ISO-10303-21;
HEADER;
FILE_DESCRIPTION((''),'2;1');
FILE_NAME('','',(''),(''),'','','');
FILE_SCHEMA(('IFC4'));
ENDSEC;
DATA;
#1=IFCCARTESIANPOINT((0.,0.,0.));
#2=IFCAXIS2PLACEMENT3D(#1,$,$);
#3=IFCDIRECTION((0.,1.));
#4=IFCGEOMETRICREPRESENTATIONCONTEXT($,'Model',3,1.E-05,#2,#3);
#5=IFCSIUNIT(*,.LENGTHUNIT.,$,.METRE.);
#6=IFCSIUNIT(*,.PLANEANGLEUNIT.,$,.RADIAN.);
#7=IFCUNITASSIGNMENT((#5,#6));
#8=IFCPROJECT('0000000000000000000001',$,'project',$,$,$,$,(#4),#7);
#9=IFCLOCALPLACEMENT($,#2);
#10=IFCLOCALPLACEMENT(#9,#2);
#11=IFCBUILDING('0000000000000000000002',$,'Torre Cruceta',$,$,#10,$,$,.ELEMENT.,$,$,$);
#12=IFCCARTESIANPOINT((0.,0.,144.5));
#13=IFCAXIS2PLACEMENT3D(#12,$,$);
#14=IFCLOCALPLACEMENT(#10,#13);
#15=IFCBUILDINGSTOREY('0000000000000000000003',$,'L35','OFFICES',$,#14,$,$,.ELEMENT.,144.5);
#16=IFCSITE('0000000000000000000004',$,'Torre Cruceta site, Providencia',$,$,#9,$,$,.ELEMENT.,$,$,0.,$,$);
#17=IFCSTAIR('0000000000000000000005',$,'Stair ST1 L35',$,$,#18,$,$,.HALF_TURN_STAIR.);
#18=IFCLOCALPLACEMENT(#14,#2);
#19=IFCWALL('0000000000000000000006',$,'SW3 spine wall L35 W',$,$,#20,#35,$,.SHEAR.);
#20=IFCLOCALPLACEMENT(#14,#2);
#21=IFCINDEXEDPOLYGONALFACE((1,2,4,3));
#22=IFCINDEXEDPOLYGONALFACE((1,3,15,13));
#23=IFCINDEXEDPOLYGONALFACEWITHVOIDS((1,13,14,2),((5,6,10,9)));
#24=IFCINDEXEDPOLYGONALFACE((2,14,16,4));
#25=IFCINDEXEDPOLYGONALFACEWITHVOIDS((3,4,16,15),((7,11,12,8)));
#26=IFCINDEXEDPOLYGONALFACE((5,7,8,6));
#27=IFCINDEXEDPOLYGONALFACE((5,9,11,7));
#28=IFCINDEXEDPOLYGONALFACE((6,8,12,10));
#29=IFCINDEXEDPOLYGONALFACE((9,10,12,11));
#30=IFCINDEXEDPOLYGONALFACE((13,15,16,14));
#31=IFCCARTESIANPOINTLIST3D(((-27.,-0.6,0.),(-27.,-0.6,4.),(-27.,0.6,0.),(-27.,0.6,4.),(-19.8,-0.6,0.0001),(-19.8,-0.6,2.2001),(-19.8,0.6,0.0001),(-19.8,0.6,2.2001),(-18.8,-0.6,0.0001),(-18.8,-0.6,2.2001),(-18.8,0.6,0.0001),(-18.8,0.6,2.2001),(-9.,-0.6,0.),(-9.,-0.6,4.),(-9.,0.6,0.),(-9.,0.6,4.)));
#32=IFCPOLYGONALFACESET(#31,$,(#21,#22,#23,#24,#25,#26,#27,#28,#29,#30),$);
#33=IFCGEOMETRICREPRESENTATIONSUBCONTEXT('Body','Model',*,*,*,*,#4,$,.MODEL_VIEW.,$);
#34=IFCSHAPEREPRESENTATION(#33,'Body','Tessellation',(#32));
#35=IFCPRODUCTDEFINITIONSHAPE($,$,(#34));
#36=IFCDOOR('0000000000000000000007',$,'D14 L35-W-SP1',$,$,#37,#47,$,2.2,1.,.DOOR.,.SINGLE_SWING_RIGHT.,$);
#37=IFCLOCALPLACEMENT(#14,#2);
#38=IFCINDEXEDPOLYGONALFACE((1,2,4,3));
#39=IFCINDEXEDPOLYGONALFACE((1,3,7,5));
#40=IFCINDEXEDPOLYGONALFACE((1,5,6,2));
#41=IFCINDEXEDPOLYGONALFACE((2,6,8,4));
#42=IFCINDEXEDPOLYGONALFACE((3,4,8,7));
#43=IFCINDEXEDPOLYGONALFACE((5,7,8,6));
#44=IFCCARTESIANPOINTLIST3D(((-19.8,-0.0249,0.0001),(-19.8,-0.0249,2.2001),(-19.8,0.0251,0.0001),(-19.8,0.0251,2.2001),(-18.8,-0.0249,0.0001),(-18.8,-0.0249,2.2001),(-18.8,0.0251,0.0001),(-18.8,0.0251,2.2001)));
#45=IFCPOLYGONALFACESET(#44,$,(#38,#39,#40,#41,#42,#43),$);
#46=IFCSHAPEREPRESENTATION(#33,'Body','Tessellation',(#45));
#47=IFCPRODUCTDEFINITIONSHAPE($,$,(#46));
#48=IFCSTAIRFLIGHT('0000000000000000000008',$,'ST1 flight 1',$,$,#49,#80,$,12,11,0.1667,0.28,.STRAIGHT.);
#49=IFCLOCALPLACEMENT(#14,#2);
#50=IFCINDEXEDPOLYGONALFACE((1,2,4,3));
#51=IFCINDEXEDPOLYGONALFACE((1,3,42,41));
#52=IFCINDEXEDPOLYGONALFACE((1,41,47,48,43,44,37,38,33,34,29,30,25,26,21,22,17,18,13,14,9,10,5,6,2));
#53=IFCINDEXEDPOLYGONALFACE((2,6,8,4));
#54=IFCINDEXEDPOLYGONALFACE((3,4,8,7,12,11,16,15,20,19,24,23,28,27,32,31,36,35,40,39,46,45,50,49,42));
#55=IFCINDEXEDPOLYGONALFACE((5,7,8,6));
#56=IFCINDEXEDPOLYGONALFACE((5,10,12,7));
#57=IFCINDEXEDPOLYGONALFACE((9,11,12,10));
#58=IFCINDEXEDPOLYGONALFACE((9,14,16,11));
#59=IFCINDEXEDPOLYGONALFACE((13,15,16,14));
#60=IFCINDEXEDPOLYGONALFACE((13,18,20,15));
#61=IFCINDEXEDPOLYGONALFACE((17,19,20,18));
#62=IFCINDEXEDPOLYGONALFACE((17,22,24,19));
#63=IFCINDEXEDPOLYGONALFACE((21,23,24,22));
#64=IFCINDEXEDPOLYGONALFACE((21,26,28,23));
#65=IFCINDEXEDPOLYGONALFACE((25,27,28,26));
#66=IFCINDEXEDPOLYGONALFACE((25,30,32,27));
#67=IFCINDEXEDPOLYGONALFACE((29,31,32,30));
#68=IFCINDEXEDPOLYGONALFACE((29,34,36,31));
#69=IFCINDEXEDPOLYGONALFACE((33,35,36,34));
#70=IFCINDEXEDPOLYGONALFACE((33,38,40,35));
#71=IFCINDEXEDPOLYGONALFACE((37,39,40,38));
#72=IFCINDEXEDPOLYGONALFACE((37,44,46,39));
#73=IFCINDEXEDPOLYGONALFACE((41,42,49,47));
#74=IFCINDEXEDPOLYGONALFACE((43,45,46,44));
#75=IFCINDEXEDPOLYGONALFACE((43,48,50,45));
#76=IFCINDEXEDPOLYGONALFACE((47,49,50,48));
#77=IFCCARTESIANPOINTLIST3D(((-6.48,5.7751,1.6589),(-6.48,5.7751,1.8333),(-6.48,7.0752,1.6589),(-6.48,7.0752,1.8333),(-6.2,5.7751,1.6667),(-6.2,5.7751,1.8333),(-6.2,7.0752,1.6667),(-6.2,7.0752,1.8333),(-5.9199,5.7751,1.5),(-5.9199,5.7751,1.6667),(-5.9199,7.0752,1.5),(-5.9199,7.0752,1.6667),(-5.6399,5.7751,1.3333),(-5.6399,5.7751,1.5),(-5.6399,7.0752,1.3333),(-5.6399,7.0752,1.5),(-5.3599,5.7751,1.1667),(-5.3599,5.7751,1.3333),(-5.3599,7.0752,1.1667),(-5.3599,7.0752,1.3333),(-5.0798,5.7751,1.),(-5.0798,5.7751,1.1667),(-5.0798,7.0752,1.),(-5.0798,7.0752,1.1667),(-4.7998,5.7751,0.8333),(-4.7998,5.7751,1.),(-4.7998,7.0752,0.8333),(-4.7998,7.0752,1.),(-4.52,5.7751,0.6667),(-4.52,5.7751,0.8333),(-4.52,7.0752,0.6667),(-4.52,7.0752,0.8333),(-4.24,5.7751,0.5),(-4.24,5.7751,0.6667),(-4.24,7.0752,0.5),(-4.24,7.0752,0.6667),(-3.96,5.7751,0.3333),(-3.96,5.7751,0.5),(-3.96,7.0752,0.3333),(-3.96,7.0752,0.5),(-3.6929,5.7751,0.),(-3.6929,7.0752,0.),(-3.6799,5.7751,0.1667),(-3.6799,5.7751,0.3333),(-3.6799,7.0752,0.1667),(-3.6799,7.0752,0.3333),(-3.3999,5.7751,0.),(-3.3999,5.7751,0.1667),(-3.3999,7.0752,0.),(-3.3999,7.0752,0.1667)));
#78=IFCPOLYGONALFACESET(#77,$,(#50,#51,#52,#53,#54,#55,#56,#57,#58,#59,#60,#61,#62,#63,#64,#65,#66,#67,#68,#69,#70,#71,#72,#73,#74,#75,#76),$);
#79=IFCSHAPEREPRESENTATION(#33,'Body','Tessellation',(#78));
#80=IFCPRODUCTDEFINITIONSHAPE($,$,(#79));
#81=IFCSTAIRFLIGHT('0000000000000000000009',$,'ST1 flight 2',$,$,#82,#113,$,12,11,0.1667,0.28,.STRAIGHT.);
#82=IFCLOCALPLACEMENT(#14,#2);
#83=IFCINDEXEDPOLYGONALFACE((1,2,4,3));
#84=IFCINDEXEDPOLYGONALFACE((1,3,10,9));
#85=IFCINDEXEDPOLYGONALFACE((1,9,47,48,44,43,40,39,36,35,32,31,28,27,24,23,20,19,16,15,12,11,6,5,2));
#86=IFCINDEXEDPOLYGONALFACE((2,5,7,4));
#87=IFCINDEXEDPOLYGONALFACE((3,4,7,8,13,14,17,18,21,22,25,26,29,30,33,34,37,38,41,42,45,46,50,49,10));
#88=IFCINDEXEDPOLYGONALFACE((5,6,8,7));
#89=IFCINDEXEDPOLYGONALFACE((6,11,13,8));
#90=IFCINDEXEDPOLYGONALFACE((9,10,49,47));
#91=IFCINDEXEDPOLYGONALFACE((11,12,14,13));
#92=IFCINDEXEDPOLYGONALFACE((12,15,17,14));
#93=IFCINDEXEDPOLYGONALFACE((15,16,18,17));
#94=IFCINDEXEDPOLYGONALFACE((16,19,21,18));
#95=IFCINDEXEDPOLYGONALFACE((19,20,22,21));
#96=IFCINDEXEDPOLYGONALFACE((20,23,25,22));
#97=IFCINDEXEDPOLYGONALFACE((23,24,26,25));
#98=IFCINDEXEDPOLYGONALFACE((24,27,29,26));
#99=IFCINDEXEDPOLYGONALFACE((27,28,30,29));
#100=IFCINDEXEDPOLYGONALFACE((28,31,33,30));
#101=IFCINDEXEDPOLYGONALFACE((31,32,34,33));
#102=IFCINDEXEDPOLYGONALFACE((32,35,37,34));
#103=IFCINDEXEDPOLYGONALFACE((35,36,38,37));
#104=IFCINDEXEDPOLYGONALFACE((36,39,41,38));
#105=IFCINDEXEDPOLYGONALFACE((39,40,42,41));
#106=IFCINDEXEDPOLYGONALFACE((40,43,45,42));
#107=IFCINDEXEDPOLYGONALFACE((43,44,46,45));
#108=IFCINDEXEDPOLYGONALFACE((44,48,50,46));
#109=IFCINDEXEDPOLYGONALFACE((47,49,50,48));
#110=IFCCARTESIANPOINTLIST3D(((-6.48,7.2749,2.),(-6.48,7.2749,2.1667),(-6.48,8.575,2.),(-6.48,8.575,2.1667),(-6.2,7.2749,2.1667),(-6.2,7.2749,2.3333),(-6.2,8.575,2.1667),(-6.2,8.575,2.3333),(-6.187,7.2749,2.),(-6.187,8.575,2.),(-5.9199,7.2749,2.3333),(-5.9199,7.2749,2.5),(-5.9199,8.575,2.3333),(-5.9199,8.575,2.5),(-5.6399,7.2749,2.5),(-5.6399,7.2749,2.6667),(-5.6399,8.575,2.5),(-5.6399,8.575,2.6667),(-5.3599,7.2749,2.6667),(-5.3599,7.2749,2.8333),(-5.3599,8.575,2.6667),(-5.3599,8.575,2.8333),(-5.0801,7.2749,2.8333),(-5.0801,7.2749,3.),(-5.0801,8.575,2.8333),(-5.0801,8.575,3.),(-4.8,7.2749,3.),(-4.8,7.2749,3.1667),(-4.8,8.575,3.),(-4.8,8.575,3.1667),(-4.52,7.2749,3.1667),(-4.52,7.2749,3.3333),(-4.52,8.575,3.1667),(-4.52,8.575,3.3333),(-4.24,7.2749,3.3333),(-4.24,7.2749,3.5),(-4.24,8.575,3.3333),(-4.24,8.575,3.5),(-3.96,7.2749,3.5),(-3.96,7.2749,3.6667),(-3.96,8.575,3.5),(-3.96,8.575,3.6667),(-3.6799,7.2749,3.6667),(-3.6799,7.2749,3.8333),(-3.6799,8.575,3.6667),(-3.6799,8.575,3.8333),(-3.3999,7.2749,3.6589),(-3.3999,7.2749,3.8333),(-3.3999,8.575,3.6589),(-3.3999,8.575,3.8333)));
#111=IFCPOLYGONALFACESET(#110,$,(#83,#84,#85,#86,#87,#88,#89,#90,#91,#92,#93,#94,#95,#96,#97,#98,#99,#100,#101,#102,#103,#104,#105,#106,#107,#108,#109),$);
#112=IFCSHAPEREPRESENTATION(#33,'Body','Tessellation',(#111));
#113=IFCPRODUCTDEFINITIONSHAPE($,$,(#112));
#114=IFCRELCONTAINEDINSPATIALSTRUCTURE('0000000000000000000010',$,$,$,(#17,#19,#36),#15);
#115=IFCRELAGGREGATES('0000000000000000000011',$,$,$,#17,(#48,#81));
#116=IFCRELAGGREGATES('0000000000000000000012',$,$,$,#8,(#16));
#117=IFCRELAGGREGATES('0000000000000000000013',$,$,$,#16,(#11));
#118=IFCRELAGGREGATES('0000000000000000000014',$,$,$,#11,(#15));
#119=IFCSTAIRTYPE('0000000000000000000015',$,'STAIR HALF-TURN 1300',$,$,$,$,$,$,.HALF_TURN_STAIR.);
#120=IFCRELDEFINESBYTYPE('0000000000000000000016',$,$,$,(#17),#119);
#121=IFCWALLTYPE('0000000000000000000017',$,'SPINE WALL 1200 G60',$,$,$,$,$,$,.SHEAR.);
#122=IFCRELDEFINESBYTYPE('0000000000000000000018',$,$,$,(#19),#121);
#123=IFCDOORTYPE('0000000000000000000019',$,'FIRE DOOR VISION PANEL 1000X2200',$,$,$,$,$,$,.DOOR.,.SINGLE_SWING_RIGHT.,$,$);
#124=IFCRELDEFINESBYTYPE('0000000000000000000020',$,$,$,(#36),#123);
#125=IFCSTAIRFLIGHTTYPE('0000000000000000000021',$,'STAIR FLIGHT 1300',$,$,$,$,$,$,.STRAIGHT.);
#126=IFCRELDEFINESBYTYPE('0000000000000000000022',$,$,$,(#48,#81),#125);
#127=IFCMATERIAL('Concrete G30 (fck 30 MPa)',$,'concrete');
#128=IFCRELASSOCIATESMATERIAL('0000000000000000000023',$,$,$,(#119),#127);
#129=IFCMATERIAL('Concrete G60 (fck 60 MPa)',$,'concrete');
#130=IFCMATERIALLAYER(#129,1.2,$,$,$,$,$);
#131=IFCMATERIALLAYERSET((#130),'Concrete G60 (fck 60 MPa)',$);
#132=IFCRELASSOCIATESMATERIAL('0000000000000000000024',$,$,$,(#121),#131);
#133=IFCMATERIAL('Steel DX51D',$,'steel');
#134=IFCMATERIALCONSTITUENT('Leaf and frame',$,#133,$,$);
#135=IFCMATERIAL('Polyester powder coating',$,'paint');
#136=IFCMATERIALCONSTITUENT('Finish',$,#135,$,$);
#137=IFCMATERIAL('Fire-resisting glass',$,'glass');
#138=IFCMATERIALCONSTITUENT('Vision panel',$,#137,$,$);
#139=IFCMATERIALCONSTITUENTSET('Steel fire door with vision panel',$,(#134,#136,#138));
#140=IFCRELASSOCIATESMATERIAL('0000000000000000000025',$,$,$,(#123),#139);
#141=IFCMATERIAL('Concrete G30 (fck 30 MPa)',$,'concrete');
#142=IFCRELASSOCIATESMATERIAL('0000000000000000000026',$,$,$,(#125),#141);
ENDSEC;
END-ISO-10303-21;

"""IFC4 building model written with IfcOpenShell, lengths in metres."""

from ifc_helpers import new_model, si_unit, direction, frame, frame_2d, origin, place, context, subcontext, project, spatial, polyline, rectangle, outline, extrude, material, layer, layer_set, constituent, constituent_set, type_object, element, fill, aggregate, save


model = new_model("IFC4")

# Units and contexts
model_context = context("Model", 3, precision=1e-05, world=origin(), true_north=direction((0.0, 1.0)))
body_context = subcontext(model_context, "Body", "Model", "MODEL_VIEW")
ifc_project = project(units=[si_unit("LENGTHUNIT", "METRE"), si_unit("PLANEANGLEUNIT", "RADIAN")], contexts=[model_context])

# Site, building, storey
site_placement = place(None, origin())
site = spatial("IfcSite", under=ifc_project, at=site_placement, Name="Torre Cruceta site, Providencia", CompositionType="ELEMENT", RefElevation=0.0)
building_placement = place(site_placement, origin())
building = spatial("IfcBuilding", under=site, at=building_placement, Name="Torre Cruceta", CompositionType="ELEMENT")
storey_placement = place(building_placement, frame((0.0, 0.0, 144.5)))
storey = spatial("IfcBuildingStorey", under=building, at=storey_placement, Name="L35", Description="OFFICES", CompositionType="ELEMENT", Elevation=144.5)

# Stair
ifc_material_1 = material(Name="Concrete G30 (fck 30 MPa)", Category="concrete")
stair_type = type_object("IfcStairType", Name="STAIR HALF-TURN 1300", PredefinedType="HALF_TURN_STAIR", material=ifc_material_1)
stair_1_placement = place(storey_placement, origin())
stair_1 = element("IfcStair", 1, at=stair_1_placement, inside=storey, type_object=stair_type, Name="Stair ST1 L35", PredefinedType="HALF_TURN_STAIR")

# Wall, opening, door
ifc_material_2 = material(Name="Concrete G60 (fck 60 MPa)", Category="concrete")
ifc_layer_1 = layer(ifc_material_2, 1.2)
ifc_layer_set_1 = layer_set([ifc_layer_1], Name="Concrete G60 (fck 60 MPa)")
wall_type_1 = type_object("IfcWallType", Name="SPINE WALL 1200 G60", PredefinedType="SHEAR", material=ifc_layer_set_1)
wall_1_placement = place(storey_placement, frame((-9.0, 0.0, 0.0), z_axis=(0.0, 0.0, 1.0), x_axis=(-1.0, 0.0, 0.0)))
wall_1 = element("IfcWall", 2, at=wall_1_placement, inside=storey, type_object=wall_type_1, Name="SW3 spine wall L35 W", PredefinedType="SHEAR", context=body_context, shape_type="SweptSolid", body=[
    extrude(rectangle(XDim=18.0, YDim=1.2, at=frame_2d((9.0, 0.0))), origin(), (0.0, 0.0, 1.0), 4.0),
])
opening_1_placement = place(wall_1_placement, frame((9.8, 0.0, 0.0)))
opening_1 = element("IfcOpeningElement", 3, at=opening_1_placement, cuts=wall_1, PredefinedType="OPENING", context=body_context, shape_type="SweptSolid", body=[
    extrude(rectangle(XDim=1.0, YDim=2.2, at=frame_2d((0.5, 1.1001))), frame((0.0, 0.6099, 0.0), z_axis=(0.0, -1.0, 0.0), x_axis=(1.0, 0.0, 0.0)), (0.0, 0.0, 1.0), 1.22),
])
ifc_material_3 = material(Name="Steel DX51D", Category="steel")
ifc_constituent_1 = constituent(ifc_material_3, Name="Leaf and frame")
ifc_material_4 = material(Name="Polyester powder coating", Category="paint")
ifc_constituent_2 = constituent(ifc_material_4, Name="Finish")
ifc_material_5 = material(Name="Fire-resisting glass", Category="glass")
ifc_constituent_3 = constituent(ifc_material_5, Name="Vision panel")
ifc_constituent_set_1 = constituent_set(constituents=[ifc_constituent_1, ifc_constituent_2, ifc_constituent_3], Name="Steel fire door with vision panel")
door_type_1 = type_object("IfcDoorType", Name="FIRE DOOR VISION PANEL 1000X2200", OperationType="SINGLE_SWING_RIGHT", PredefinedType="DOOR", material=ifc_constituent_set_1)
door_1_placement = place(opening_1_placement, frame((1.0, 0.0, 0.0), z_axis=(0.0, 0.0, 1.0), x_axis=(-1.0, 0.0, 0.0)))
door_1 = element("IfcDoor", 4, at=door_1_placement, inside=storey, type_object=door_type_1, Name="D14 L35-W-SP1", OperationType="SINGLE_SWING_RIGHT", OverallHeight=2.2, OverallWidth=1.0, PredefinedType="DOOR", context=body_context, shape_type="SweptSolid", body=[
    extrude(rectangle(XDim=1.0, YDim=2.2, at=frame_2d((0.5, 1.1001))), frame((0.0, 0.0251, 0.0), z_axis=(0.0, -1.0, 0.0), x_axis=(1.0, 0.0, 0.0)), (0.0, 0.0, 1.0), 0.05),
])
fill(opening_1, door_1)

# Stair flights
ifc_material_6 = material(Name="Concrete G30 (fck 30 MPa)", Category="concrete")
stair_flight_type = type_object("IfcStairFlightType", Name="STAIR FLIGHT 1300", PredefinedType="STRAIGHT", material=ifc_material_6)
stair_flight_1_placement = place(storey_placement, frame((-3.3999, 6.425, 0.0), z_axis=(0.0, 0.0, 1.0), x_axis=(-1.0, 0.0, 0.0)))
stair_flight_1 = element("IfcStairFlight", 5, at=stair_flight_1_placement, type_object=stair_flight_type, Name="ST1 flight 1", NumberOfRisers=12, NumberOfTreads=11, PredefinedType="STRAIGHT", RiserHeight=0.1667, TreadLength=0.28, context=body_context, shape_type="SweptSolid", body=[
    extrude(outline(polyline([(0.0, 0.0), (0.0, 0.1667), (0.28, 0.1667), (0.28, 0.3333), (0.5601, 0.3333), (0.5601, 0.5), (0.8401, 0.5), (0.8401, 0.6667), (1.1201, 0.6667), (1.1201, 0.8333), (1.3999, 0.8333), (1.3999, 1.0), (1.6799, 1.0), (1.6799, 1.1667), (1.96, 1.1667), (1.96, 1.3333), (2.24, 1.3333), (2.24, 1.5), (2.52, 1.5), (2.52, 1.6667), (2.8, 1.6667), (2.8, 1.8333), (3.0801, 1.8333), (3.0801, 2.0), (3.0801, 1.6589), (0.293, 0.0), (0.0, 0.0)])), frame((0.0, 0.6499, 0.0), z_axis=(0.0, -1.0, 0.0), x_axis=(1.0, 0.0, 0.0)), (0.0, 0.0, 1.0), 1.3),
])
stair_flight_2_placement = place(storey_placement, frame((-6.48, 7.925, 2.0), z_axis=(0.0, 0.0, 1.0), x_axis=(1.0, 0.0, 0.0)))
stair_flight_2 = element("IfcStairFlight", 6, at=stair_flight_2_placement, type_object=stair_flight_type, Name="ST1 flight 2", NumberOfRisers=12, NumberOfTreads=11, PredefinedType="STRAIGHT", RiserHeight=0.1667, TreadLength=0.28, context=body_context, shape_type="SweptSolid", body=[
    extrude(outline(polyline([(0.0, 0.0), (0.0, 0.1667), (0.28, 0.1667), (0.28, 0.3333), (0.5601, 0.3333), (0.5601, 0.5), (0.8401, 0.5), (0.8401, 0.6667), (1.1201, 0.6667), (1.1201, 0.8333), (1.3999, 0.8333), (1.3999, 1.0), (1.6799, 1.0), (1.6799, 1.1667), (1.96, 1.1667), (1.96, 1.3333), (2.24, 1.3333), (2.24, 1.5), (2.52, 1.5), (2.52, 1.6667), (2.8, 1.6667), (2.8, 1.8333), (3.0801, 1.8333), (3.0801, 2.0), (3.0801, 1.6589), (0.293, 0.0), (0.0, 0.0)])), frame((0.0, 0.6499, 0.0), z_axis=(0.0, -1.0, 0.0), x_axis=(1.0, 0.0, 0.0)), (0.0, 0.0, 1.0), 1.3),
])
aggregate(stair_1, [stair_flight_1, stair_flight_2])

save(model, "model.ifc")
